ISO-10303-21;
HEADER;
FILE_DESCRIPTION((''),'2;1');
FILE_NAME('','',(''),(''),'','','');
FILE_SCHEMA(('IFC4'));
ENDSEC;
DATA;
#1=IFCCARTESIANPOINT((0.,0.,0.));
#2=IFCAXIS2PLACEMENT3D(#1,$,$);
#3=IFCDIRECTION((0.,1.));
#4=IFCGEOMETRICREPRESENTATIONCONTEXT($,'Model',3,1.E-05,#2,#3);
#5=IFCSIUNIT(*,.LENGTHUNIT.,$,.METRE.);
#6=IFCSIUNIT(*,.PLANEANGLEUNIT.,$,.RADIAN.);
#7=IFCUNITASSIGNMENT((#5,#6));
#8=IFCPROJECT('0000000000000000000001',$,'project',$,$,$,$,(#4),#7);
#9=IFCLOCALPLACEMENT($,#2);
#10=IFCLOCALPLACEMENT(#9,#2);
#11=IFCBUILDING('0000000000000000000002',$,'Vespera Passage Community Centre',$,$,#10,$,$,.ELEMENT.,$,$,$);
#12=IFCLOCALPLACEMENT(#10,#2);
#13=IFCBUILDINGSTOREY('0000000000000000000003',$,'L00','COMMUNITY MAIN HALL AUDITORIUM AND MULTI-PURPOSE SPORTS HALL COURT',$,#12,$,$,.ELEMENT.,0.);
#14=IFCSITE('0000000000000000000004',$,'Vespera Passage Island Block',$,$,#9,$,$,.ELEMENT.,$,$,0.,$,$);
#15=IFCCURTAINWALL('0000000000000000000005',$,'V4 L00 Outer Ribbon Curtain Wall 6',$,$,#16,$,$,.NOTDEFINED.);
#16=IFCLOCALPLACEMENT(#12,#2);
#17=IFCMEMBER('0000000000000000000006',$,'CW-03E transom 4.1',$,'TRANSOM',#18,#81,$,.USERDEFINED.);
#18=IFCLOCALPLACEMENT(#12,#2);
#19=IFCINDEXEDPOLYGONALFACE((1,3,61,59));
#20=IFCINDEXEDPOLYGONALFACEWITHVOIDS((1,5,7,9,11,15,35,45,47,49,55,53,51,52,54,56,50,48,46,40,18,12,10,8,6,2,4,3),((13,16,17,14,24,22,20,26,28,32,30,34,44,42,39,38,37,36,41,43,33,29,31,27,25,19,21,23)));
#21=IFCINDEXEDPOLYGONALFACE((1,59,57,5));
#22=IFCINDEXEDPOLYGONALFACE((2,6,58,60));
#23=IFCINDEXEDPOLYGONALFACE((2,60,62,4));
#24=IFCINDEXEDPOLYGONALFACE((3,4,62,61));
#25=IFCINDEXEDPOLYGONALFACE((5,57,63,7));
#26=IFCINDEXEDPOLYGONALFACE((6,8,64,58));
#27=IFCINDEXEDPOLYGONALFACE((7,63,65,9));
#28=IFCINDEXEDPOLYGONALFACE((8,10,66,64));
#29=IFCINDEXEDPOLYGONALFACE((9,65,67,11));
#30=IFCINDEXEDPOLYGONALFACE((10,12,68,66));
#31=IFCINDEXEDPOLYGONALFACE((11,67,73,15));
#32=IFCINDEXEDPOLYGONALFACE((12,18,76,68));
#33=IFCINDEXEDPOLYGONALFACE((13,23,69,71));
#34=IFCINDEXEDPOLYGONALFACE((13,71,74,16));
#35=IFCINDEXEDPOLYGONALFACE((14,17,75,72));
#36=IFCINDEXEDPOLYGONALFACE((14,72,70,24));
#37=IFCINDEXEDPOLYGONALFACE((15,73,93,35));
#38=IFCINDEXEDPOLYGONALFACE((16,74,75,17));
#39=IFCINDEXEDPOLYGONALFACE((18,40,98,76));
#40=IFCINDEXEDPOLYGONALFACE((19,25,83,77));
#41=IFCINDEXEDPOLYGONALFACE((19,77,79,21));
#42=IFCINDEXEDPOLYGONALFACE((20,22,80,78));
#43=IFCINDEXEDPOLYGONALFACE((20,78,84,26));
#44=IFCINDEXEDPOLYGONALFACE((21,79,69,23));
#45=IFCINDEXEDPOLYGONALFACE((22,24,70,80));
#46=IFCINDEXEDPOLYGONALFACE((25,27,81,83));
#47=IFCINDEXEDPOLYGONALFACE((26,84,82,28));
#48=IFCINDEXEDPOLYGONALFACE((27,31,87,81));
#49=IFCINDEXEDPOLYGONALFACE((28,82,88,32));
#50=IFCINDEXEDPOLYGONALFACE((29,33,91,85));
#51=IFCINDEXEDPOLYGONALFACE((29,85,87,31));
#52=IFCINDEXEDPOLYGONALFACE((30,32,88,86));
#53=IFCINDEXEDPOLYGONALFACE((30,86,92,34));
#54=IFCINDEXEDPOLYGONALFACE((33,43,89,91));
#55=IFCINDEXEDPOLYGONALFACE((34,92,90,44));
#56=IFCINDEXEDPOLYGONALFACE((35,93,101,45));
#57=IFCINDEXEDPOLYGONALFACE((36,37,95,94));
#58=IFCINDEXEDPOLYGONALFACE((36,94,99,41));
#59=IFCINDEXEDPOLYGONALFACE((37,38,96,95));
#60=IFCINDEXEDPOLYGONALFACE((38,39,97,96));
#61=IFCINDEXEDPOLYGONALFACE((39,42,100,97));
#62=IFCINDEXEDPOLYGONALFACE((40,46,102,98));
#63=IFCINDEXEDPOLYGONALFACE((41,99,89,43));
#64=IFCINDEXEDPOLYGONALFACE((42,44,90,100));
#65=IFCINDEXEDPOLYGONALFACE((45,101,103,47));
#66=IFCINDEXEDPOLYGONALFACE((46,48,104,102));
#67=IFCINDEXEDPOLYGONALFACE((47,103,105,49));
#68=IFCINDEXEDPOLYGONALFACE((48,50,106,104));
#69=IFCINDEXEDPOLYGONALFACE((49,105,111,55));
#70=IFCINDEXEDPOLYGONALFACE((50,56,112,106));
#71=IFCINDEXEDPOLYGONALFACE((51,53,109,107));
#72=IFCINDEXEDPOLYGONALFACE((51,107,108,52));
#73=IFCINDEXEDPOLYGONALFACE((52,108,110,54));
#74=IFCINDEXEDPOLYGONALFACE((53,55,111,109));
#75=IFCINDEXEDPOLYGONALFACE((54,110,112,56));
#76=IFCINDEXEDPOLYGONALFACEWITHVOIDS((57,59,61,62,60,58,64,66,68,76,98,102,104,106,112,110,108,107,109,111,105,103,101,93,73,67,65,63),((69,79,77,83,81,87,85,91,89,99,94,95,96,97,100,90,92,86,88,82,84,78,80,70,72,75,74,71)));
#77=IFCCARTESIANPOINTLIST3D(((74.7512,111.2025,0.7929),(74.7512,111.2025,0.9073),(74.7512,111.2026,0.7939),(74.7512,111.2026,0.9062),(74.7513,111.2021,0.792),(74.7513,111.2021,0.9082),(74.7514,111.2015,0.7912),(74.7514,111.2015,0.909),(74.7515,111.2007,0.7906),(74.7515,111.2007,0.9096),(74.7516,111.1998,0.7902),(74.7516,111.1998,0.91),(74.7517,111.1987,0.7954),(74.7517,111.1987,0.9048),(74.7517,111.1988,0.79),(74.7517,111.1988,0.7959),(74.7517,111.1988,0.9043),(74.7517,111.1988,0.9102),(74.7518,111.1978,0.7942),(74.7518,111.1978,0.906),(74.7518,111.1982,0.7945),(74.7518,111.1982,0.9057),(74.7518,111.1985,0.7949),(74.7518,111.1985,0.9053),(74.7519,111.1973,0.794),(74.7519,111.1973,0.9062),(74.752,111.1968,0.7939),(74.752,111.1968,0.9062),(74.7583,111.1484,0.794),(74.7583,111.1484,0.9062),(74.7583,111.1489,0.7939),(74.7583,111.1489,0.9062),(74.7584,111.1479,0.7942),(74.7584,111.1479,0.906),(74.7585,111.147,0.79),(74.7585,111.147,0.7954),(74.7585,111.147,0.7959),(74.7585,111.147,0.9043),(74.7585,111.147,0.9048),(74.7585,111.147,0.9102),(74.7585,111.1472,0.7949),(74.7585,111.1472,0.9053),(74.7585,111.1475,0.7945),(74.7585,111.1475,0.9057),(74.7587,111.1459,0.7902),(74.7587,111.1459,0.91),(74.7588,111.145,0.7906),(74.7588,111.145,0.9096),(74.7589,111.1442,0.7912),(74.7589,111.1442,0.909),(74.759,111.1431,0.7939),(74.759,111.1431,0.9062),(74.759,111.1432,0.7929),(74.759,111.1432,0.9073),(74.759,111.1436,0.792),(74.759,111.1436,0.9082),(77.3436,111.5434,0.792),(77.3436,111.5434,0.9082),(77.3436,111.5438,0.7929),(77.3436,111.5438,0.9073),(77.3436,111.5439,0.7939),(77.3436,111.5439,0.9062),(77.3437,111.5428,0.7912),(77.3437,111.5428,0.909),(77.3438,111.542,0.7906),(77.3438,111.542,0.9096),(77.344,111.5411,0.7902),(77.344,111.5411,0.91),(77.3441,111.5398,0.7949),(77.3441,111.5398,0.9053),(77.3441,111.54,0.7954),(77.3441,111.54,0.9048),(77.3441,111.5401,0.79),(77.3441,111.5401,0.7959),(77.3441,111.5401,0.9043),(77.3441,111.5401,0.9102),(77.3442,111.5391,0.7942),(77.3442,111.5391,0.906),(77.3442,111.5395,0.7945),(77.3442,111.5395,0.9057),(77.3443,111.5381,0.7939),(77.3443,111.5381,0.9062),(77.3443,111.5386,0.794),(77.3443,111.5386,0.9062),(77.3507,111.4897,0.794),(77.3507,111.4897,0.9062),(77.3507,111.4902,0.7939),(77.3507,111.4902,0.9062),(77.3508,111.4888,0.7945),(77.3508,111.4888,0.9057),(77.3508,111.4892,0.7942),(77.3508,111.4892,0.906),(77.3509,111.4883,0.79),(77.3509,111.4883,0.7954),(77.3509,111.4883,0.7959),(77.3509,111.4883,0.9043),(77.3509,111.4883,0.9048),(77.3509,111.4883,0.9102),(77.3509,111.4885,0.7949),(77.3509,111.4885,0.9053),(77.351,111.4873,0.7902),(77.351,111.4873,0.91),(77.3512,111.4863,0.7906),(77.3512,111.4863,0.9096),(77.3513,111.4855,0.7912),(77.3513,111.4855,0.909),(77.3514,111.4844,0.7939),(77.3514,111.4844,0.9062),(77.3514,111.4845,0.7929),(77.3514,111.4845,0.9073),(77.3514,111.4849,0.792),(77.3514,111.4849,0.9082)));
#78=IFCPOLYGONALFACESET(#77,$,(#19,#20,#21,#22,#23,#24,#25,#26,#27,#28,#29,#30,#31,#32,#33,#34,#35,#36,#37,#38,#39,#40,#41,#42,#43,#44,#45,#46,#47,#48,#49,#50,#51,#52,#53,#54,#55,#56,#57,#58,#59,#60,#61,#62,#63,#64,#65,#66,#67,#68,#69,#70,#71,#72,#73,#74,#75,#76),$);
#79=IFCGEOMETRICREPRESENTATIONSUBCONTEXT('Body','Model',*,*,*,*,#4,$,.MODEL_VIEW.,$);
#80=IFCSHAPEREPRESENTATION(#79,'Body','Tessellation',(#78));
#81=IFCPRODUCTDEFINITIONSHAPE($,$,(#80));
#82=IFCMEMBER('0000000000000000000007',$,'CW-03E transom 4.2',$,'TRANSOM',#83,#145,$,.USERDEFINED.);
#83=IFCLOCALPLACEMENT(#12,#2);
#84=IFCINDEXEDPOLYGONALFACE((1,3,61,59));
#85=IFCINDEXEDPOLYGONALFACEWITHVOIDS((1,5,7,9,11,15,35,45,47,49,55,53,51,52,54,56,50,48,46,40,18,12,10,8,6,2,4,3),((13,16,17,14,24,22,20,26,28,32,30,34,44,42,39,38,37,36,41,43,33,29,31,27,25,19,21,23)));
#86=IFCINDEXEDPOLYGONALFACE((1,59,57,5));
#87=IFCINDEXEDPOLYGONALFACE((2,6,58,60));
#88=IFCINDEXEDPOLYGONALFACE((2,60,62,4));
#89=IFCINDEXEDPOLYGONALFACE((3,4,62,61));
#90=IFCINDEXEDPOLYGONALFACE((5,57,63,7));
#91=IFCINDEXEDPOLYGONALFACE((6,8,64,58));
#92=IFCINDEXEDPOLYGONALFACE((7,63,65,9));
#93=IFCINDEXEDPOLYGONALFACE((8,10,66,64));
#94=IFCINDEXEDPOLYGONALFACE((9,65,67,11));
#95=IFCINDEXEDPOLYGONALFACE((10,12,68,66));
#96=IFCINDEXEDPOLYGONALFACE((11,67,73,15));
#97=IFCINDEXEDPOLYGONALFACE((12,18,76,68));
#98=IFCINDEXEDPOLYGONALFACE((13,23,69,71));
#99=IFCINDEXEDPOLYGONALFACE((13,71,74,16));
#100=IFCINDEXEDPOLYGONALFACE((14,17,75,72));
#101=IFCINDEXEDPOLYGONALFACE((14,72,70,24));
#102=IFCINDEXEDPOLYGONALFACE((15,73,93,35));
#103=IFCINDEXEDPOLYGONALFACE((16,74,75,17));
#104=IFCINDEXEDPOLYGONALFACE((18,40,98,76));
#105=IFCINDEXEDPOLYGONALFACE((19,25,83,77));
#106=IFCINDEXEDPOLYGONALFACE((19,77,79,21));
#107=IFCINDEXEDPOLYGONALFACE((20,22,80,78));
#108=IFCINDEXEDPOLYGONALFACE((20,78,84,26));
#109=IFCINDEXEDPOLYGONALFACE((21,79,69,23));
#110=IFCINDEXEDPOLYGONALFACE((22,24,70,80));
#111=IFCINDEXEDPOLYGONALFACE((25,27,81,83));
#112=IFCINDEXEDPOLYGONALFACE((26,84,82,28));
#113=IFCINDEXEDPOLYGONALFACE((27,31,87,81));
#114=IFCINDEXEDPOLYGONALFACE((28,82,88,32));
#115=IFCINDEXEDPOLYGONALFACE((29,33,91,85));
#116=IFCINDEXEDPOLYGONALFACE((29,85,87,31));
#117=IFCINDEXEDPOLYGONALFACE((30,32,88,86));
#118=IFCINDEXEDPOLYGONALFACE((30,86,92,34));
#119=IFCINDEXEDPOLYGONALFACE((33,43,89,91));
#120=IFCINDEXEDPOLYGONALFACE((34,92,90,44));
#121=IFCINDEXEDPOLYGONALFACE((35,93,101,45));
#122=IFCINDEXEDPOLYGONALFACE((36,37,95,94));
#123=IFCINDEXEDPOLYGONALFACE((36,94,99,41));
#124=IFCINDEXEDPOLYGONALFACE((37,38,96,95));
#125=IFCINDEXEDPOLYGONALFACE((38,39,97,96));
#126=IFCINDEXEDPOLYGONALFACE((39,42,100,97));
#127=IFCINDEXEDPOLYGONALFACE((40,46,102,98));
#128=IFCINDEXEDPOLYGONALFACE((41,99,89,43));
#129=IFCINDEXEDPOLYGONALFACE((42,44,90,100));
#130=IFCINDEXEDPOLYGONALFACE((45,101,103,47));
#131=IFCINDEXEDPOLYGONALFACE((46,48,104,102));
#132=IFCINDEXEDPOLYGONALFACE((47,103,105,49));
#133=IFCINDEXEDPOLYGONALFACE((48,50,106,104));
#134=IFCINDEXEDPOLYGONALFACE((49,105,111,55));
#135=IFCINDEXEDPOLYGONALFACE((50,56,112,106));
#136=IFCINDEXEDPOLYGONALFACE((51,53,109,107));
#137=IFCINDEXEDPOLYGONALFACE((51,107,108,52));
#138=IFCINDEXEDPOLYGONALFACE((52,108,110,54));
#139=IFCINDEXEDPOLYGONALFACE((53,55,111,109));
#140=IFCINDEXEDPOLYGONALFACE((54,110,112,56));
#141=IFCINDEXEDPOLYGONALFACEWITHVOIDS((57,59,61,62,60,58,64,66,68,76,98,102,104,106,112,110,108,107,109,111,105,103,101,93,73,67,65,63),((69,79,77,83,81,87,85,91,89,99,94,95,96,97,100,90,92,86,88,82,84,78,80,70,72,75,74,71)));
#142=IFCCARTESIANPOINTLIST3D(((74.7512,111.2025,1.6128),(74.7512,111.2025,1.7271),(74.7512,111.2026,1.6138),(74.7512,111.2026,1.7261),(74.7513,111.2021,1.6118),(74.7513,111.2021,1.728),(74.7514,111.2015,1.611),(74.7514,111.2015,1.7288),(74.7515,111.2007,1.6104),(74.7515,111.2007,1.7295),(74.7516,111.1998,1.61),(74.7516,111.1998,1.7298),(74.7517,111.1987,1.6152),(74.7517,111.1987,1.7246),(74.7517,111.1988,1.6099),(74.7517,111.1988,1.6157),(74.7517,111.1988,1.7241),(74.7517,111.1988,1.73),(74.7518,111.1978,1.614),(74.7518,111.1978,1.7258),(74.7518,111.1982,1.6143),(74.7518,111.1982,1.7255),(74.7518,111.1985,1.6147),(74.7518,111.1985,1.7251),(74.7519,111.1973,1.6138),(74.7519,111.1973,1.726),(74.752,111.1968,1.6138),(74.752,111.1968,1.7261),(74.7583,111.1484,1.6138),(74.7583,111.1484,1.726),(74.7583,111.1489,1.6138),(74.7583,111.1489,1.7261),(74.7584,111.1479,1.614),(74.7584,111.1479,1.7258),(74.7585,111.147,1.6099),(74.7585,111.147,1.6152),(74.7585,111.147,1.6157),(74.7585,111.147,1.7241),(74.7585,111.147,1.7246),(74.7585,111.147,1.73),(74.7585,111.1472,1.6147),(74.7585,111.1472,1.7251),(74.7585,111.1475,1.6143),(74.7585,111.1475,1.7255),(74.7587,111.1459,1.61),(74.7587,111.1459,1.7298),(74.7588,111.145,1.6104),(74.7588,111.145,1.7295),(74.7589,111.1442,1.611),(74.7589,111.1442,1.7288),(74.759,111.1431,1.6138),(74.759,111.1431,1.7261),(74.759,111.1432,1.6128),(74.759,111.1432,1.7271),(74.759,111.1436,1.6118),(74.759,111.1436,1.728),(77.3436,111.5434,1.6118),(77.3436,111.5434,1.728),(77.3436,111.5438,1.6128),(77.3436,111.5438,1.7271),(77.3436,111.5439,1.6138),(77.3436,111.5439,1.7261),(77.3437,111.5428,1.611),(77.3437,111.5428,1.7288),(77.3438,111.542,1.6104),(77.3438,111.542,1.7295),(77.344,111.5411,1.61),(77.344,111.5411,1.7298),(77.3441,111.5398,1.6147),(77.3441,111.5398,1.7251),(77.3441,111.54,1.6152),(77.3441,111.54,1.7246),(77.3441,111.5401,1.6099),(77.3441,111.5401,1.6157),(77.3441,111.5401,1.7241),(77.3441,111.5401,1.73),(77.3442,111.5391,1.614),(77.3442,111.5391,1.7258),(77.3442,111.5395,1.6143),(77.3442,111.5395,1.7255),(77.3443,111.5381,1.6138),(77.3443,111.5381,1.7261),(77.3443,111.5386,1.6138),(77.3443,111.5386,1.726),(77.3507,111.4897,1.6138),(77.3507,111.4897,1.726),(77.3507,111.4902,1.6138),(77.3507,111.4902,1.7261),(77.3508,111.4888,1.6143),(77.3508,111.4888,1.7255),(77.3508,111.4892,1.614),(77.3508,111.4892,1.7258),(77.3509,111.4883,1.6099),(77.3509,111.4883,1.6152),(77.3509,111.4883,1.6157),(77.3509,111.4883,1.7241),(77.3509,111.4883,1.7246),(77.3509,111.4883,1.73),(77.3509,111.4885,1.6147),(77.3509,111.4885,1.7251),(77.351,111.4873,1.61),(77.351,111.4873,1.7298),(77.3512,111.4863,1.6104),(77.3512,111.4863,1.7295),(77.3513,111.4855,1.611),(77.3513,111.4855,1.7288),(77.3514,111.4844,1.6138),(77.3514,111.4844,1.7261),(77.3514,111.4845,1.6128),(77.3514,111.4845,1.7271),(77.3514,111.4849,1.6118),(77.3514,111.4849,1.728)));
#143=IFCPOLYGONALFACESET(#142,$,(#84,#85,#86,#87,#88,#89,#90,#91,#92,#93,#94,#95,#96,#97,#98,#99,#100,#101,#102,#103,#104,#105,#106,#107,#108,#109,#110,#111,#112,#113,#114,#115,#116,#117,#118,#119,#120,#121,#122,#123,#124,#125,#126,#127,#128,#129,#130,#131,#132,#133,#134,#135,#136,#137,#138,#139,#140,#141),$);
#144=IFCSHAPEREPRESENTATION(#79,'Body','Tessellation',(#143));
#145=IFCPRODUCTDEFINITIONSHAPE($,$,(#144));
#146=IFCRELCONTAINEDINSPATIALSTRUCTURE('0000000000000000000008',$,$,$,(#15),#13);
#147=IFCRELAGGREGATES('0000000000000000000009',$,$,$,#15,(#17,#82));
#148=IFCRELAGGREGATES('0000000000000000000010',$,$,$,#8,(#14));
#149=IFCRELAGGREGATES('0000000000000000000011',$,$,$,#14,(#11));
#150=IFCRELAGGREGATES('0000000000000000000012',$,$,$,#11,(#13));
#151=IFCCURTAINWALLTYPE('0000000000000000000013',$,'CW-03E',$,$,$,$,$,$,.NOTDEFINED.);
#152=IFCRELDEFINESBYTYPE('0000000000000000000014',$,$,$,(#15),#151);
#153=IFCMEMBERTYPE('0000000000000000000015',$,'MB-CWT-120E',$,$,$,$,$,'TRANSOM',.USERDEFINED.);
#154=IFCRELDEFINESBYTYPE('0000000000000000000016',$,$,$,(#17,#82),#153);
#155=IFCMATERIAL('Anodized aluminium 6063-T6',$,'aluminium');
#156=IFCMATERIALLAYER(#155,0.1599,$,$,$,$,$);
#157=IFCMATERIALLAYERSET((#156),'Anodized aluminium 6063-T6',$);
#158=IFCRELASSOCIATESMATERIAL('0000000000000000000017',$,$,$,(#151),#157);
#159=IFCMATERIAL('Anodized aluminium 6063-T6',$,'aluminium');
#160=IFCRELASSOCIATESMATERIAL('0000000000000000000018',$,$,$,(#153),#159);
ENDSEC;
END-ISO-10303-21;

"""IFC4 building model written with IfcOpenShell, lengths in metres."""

from ifc_helpers import new_model, si_unit, direction, frame, origin, origin_2d, place, context, subcontext, project, spatial, hollow_rectangle, extrude, material, layer, layer_set, material_profile, profile_set, type_object, element, aggregate, save


model = new_model("IFC4")

# Units and contexts
model_context = context("Model", 3, precision=1e-05, world=origin(), true_north=direction((0.0, 1.0)))
body_context = subcontext(model_context, "Body", "Model", "MODEL_VIEW")
ifc_project = project(units=[si_unit("LENGTHUNIT", "METRE"), si_unit("PLANEANGLEUNIT", "RADIAN")], contexts=[model_context])

# Site, building, storey
site_placement = place(None, origin())
site = spatial("IfcSite", under=ifc_project, at=site_placement, Name="Vespera Passage Island Block", CompositionType="ELEMENT", RefElevation=0.0)
building_placement = place(site_placement, origin())
building = spatial("IfcBuilding", under=site, at=building_placement, Name="Vespera Passage Community Centre", CompositionType="ELEMENT")
storey_placement = place(building_placement, origin())
storey = spatial("IfcBuildingStorey", under=building, at=storey_placement, Name="L00", Description="COMMUNITY MAIN HALL AUDITORIUM AND MULTI-PURPOSE SPORTS HALL COURT", CompositionType="ELEMENT", Elevation=0.0)

# Curtain wall, members
ifc_material_1 = material(Name="Anodized aluminium 6063-T6", Category="aluminium")
ifc_layer_1 = layer(ifc_material_1, 0.1599)
ifc_layer_set_1 = layer_set([ifc_layer_1], Name="Anodized aluminium 6063-T6")
curtain_wall_type = type_object("IfcCurtainWallType", Name="CW-03E", PredefinedType="NOTDEFINED", material=ifc_layer_set_1)
curtain_wall_placement = place(storey_placement, origin())
curtain_wall = element("IfcCurtainWall", 1, at=curtain_wall_placement, inside=storey, type_object=curtain_wall_type, Name="V4 L00 Outer Ribbon Curtain Wall 6", PredefinedType="NOTDEFINED")
ifc_material_2 = material(Name="Anodized aluminium 6063-T6", Category="aluminium")
ifc_material_profile_1 = material_profile(ifc_material_2, hollow_rectangle(XDim=0.0601, YDim=0.1201, WallThickness=0.0039, InnerFilletRadius=0.002, OuterFilletRadius=0.0039, at=origin_2d()), Name="ALU120X60X4")
ifc_profile_set_1 = profile_set([ifc_material_profile_1], Name="Anodized aluminium 6063-T6")
member_type_1 = type_object("IfcMemberType", Name="MB-CWT-120E", ElementType="TRANSOM", PredefinedType="USERDEFINED", material=ifc_profile_set_1)
member_1_placement = place(storey_placement, frame((74.7551, 111.1729, 0.8501), z_axis=(0.991443, 0.130537, 0.0), x_axis=(-0.130537, 0.991443, 0.0)))
member_1 = element("IfcMember", 2, at=member_1_placement, type_object=member_type_1, Name="CW-03E transom 4.1", ObjectType="TRANSOM", PredefinedType="USERDEFINED", context=body_context, shape_type="SweptSolid", body=[
    extrude(hollow_rectangle(XDim=0.0601, YDim=0.1201, WallThickness=0.0039, InnerFilletRadius=0.002, OuterFilletRadius=0.0039, at=origin_2d()), origin(), (0.0, 0.0, 1.0), 2.6147),
])
member_2_placement = place(storey_placement, frame((74.7551, 111.1729, 1.6699), z_axis=(0.991443, 0.130537, 0.0), x_axis=(-0.130537, 0.991443, 0.0)))
member_2 = element("IfcMember", 3, at=member_2_placement, type_object=member_type_1, Name="CW-03E transom 4.2", ObjectType="TRANSOM", PredefinedType="USERDEFINED", context=body_context, shape_type="SweptSolid", body=[
    extrude(hollow_rectangle(XDim=0.0601, YDim=0.1201, WallThickness=0.0039, InnerFilletRadius=0.002, OuterFilletRadius=0.0039, at=origin_2d()), origin(), (0.0, 0.0, 1.0), 2.6147),
])
aggregate(curtain_wall, [member_1, member_2])

save(model, "model.ifc")
